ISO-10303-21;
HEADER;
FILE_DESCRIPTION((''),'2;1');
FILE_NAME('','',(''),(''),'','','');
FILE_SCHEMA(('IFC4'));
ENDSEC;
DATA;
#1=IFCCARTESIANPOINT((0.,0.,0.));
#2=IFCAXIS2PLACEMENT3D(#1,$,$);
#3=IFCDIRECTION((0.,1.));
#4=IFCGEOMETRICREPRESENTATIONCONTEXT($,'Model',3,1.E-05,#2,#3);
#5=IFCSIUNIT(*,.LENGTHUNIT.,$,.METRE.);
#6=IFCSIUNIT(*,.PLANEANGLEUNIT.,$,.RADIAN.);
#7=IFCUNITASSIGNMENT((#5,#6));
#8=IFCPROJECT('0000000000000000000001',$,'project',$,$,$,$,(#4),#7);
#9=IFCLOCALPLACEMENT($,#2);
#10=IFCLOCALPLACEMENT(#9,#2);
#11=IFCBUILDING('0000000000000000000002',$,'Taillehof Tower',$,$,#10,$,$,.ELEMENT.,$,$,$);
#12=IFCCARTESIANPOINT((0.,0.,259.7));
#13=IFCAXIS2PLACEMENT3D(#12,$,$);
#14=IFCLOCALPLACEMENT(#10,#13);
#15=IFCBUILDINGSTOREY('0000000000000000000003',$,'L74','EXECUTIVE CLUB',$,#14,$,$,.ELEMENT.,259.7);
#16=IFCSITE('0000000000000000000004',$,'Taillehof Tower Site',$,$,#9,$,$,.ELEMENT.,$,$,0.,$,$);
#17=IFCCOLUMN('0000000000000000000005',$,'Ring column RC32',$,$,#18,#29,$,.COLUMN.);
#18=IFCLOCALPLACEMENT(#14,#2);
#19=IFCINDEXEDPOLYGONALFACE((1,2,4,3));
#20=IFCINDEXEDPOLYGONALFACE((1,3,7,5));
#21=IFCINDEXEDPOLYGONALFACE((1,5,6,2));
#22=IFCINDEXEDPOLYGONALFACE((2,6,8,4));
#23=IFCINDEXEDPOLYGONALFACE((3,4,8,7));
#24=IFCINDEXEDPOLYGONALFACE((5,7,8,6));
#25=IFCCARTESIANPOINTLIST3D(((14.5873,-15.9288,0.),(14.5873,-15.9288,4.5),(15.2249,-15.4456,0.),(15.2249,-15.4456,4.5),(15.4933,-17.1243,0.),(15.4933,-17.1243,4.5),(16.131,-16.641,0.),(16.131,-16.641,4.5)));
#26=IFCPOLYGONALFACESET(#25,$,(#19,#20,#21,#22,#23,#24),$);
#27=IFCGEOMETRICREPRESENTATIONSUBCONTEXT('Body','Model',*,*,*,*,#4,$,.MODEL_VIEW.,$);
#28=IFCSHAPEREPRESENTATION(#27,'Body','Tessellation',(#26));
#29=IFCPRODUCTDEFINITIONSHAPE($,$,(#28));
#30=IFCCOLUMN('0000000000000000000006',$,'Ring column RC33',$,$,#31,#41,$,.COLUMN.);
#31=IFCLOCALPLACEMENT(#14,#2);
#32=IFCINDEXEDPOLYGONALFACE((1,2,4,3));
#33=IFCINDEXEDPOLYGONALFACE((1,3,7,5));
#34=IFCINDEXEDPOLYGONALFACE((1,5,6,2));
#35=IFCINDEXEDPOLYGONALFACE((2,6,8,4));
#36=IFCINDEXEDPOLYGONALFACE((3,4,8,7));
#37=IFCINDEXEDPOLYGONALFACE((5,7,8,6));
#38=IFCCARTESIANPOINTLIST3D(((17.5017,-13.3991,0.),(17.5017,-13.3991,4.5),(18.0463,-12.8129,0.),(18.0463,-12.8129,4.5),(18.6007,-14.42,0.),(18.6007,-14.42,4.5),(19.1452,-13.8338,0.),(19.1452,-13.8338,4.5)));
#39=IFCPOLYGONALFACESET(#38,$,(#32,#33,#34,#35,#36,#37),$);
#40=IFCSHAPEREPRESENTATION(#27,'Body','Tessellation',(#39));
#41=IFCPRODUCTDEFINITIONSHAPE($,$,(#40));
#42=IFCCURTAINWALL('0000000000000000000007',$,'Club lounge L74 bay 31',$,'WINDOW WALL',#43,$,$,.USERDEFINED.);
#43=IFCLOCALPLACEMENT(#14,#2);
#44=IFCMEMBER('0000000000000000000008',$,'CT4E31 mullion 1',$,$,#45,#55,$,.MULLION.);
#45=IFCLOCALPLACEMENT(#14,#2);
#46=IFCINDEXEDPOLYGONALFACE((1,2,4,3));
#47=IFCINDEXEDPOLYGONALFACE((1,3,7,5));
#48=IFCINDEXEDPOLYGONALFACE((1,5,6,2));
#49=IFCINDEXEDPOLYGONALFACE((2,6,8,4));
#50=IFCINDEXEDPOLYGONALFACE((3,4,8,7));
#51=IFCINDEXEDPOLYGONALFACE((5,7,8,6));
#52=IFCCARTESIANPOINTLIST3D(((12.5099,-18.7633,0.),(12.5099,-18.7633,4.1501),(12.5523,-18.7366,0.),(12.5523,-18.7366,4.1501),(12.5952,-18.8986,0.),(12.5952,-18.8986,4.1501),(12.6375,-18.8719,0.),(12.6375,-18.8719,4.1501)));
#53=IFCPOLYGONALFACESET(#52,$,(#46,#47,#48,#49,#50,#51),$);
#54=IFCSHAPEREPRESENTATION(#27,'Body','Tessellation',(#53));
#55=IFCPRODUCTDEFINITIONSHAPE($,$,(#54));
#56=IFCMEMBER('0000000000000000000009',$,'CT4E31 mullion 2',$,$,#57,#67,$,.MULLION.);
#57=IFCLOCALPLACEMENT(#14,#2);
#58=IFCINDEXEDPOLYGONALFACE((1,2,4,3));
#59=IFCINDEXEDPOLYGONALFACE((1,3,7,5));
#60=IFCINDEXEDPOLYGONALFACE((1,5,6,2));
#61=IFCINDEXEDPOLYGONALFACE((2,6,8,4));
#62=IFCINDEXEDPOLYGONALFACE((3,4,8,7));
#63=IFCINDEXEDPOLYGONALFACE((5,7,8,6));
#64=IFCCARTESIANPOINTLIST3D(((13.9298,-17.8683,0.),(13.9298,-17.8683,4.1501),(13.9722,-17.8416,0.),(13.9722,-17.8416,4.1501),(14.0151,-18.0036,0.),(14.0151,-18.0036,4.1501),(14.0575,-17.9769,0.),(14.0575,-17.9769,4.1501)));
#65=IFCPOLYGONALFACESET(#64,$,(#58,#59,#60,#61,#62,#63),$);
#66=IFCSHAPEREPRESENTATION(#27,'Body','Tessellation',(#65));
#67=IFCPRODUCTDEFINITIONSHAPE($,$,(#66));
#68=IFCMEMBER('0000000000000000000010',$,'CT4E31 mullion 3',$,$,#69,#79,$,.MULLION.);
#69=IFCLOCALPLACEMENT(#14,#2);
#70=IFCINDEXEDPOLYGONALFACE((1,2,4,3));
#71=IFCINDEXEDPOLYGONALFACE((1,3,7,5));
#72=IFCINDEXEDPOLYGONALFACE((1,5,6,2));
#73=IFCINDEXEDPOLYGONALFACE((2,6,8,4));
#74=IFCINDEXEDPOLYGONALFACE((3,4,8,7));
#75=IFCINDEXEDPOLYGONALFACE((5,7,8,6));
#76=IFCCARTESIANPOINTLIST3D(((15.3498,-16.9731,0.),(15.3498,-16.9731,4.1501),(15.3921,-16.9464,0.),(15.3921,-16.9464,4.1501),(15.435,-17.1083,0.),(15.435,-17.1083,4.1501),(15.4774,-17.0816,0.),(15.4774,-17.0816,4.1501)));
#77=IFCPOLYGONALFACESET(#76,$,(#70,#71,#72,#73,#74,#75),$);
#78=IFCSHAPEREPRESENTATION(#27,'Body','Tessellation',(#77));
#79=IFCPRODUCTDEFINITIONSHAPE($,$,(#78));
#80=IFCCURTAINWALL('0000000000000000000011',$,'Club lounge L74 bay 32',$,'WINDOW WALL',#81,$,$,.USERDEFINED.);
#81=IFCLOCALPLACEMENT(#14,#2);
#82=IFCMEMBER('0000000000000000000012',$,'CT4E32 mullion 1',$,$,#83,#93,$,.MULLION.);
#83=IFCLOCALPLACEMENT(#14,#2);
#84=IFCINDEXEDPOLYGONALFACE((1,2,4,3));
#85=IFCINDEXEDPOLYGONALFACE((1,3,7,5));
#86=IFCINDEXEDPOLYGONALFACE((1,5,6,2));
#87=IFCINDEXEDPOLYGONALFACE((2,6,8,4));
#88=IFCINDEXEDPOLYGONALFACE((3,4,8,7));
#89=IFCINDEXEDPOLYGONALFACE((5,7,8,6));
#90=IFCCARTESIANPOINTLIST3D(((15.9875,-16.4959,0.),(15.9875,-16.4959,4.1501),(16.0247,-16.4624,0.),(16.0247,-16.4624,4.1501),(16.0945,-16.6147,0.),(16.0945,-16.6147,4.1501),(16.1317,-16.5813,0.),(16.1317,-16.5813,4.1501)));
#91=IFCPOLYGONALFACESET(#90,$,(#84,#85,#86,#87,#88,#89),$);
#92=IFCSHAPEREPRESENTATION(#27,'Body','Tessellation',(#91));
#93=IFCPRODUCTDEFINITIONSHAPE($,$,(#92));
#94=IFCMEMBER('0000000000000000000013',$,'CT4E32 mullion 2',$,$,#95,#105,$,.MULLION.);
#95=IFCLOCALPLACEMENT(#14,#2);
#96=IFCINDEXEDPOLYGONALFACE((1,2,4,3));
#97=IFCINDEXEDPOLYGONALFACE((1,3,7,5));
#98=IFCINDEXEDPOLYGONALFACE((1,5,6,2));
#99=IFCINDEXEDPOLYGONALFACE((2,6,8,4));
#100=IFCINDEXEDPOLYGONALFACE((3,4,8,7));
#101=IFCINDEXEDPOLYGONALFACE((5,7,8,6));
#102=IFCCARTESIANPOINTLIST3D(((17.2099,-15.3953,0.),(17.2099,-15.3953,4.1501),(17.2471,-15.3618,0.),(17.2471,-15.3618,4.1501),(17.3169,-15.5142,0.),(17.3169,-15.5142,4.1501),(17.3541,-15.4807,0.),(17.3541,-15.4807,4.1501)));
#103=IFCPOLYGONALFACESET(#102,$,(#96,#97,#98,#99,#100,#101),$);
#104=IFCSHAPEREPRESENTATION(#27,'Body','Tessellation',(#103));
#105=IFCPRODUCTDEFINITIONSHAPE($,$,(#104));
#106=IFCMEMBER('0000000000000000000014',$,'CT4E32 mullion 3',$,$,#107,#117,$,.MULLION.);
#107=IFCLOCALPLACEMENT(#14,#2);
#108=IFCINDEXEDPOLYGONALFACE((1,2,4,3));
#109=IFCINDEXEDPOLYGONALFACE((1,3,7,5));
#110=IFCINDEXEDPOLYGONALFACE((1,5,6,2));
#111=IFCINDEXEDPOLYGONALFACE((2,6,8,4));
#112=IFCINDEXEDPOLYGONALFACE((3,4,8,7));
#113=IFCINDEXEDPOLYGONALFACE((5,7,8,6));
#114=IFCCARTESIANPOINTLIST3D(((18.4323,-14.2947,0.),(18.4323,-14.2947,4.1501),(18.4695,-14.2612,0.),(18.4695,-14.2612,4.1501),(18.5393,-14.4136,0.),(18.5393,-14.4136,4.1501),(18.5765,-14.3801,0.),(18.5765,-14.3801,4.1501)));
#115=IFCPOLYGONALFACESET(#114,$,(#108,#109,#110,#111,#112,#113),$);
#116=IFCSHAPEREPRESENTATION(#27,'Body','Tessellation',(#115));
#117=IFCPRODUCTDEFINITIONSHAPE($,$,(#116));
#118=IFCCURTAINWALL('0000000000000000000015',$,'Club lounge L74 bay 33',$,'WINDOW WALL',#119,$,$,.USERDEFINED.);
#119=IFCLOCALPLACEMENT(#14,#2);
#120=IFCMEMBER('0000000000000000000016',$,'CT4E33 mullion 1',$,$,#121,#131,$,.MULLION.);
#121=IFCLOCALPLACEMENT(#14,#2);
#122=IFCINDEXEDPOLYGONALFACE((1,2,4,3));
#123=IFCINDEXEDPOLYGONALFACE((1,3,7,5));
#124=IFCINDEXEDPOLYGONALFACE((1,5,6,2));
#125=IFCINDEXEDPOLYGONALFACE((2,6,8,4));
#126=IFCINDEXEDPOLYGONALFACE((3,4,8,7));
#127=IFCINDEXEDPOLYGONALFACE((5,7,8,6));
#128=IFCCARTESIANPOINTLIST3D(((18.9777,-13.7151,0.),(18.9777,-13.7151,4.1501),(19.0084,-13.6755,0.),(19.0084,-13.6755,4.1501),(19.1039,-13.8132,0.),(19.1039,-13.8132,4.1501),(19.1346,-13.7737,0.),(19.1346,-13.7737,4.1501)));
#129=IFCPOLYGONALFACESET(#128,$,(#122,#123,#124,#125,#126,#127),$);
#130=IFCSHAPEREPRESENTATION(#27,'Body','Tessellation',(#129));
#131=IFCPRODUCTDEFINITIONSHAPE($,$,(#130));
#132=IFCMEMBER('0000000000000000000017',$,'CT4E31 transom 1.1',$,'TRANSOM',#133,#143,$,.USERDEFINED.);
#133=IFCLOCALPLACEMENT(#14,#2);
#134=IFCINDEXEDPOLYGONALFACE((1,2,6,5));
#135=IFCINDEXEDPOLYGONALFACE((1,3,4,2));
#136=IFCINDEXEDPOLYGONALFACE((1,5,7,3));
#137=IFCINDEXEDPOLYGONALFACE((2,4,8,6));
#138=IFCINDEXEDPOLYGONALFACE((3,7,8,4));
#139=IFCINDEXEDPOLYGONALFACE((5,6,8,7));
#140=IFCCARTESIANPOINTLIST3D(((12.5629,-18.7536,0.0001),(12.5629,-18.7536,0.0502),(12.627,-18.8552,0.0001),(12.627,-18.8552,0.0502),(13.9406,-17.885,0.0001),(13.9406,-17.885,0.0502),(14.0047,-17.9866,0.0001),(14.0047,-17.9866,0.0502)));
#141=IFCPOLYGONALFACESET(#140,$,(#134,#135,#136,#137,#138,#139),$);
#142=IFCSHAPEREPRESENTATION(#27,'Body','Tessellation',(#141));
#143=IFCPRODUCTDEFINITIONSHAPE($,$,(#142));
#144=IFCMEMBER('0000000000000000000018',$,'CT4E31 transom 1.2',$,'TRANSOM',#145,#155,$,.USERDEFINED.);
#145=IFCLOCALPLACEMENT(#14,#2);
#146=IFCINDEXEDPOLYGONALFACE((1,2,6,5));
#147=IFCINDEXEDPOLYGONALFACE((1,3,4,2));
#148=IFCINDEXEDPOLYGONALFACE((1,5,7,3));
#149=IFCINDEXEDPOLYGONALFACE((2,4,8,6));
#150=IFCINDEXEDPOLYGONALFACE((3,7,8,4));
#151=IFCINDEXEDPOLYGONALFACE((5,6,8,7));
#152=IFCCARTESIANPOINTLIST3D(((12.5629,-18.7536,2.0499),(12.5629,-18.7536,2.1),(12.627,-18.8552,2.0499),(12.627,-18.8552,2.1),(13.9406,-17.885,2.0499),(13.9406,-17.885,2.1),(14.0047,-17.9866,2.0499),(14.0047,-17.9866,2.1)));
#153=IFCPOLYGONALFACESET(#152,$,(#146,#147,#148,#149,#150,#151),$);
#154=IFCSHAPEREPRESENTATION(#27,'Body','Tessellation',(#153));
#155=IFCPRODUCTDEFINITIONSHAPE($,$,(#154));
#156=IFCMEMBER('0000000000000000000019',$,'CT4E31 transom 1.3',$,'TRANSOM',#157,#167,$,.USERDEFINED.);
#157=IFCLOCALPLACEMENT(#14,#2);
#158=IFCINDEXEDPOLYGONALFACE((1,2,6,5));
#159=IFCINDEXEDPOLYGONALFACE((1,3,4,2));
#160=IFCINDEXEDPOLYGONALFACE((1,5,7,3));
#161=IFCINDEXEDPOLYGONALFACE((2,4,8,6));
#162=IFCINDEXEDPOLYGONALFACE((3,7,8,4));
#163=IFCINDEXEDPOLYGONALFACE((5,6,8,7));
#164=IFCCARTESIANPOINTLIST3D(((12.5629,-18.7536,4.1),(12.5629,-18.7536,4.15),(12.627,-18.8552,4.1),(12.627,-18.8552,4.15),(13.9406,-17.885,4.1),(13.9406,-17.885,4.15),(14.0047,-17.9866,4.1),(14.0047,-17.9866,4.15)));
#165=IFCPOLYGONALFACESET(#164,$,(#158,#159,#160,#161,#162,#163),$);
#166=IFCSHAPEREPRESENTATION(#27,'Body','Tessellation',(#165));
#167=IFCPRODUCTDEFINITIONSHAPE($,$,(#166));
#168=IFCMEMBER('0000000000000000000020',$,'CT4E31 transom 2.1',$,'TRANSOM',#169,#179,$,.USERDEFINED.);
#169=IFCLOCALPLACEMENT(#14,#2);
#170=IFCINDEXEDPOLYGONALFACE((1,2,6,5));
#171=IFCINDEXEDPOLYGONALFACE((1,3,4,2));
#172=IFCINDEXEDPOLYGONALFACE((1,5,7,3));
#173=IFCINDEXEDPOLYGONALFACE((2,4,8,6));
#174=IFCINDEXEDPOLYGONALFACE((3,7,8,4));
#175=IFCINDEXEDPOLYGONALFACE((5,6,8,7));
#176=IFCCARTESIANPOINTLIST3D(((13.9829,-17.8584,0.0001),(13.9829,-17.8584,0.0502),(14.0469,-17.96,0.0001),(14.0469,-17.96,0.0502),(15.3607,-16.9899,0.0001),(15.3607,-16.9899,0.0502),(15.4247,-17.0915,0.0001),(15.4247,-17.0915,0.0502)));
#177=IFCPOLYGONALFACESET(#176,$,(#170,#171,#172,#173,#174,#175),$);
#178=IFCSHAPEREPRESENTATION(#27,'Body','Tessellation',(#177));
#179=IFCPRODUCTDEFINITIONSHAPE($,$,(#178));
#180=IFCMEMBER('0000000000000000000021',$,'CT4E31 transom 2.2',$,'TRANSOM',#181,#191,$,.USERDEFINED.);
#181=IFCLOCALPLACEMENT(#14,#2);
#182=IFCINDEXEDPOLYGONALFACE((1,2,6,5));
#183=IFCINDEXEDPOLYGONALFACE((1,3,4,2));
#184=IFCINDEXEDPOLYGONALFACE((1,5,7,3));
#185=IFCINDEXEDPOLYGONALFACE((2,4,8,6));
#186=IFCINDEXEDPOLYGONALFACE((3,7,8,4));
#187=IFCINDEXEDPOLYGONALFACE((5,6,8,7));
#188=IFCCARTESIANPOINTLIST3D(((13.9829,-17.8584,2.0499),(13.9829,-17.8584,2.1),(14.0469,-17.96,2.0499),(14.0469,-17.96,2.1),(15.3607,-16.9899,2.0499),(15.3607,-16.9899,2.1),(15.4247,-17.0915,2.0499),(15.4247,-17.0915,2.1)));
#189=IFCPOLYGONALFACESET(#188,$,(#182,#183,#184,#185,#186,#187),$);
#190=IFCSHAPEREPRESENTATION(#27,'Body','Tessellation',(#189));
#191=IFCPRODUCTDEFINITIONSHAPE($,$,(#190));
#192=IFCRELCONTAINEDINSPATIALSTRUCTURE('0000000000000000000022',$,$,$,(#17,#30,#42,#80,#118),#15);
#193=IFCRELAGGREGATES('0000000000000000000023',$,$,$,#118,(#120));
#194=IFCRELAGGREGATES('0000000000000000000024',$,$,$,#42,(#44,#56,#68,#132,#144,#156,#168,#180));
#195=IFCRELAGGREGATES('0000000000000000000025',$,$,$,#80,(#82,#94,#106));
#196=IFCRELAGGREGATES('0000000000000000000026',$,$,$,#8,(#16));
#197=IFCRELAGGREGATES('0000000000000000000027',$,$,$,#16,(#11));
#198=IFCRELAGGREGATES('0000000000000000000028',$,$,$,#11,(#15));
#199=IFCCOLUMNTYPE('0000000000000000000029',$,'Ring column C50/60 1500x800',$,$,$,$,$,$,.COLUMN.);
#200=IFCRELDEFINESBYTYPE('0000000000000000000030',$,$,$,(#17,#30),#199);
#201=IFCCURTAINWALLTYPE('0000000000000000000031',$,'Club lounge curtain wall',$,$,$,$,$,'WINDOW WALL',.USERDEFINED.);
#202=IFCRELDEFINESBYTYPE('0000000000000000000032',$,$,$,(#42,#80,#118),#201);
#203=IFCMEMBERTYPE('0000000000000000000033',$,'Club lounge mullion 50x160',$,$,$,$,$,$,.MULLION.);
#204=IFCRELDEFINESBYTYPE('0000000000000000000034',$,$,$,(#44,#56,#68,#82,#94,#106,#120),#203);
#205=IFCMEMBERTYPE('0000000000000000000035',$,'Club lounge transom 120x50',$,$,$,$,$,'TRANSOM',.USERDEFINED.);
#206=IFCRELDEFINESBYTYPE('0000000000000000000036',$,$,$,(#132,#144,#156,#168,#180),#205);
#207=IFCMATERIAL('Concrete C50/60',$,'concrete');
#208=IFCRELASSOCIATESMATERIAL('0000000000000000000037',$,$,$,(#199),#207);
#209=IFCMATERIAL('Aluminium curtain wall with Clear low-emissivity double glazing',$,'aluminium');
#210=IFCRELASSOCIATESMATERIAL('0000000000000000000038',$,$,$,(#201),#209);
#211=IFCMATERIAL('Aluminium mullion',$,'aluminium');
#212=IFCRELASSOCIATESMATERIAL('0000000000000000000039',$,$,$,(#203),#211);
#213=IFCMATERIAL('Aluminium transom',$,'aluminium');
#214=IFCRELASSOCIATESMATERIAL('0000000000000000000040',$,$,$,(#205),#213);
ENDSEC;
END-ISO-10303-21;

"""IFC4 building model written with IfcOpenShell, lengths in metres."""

from ifc_helpers import new_model, si_unit, direction, frame, origin, origin_2d, place, context, subcontext, project, spatial, rectangle, extrude, material, material_profile, profile_set, type_object, element, aggregate, save


model = new_model("IFC4")

# Units and contexts
model_context = context("Model", 3, precision=1e-05, world=origin(), true_north=direction((0.0, 1.0)))
body_context = subcontext(model_context, "Body", "Model", "MODEL_VIEW")
ifc_project = project(units=[si_unit("LENGTHUNIT", "METRE"), si_unit("PLANEANGLEUNIT", "RADIAN")], contexts=[model_context])

# Site, building, storey
site_placement = place(None, origin())
site = spatial("IfcSite", under=ifc_project, at=site_placement, Name="Taillehof Tower Site", CompositionType="ELEMENT", RefElevation=0.0)
building_placement = place(site_placement, origin())
building = spatial("IfcBuilding", under=site, at=building_placement, Name="Taillehof Tower", CompositionType="ELEMENT")
storey_placement = place(building_placement, frame((0.0, 0.0, 259.7)))
storey = spatial("IfcBuildingStorey", under=building, at=storey_placement, Name="L74", Description="EXECUTIVE CLUB", CompositionType="ELEMENT", Elevation=259.7)

# Columns
ifc_material_1 = material(Name="Concrete C50/60", Category="concrete")
ifc_material_profile_1 = material_profile(ifc_material_1, rectangle(XDim=1.5, YDim=0.8, at=origin_2d()), Name="RC 1500x800")
ifc_profile_set_1 = profile_set([ifc_material_profile_1], Name="Concrete C50/60")
column_type = type_object("IfcColumnType", Name="Ring column C50/60 1500x800", PredefinedType="COLUMN", material=ifc_profile_set_1)
for number, where, z_axis, x_axis, name in (
    (1, (15.3591, -16.2849, 0.0), (0.0, 0.0, 1.0), (0.60402, -0.796969, 0.0), "Ring column RC32"),
    (2, (18.3235, -13.6165, 0.0), (0.0, 0.0, 1.0), (0.732636, -0.680621, 0.0), "Ring column RC33"),
):
    element("IfcColumn", number, at=place(storey_placement, frame(where, z_axis=z_axis, x_axis=x_axis)), inside=storey, type_object=column_type, Name=name, PredefinedType="COLUMN", context=body_context, shape_type="SweptSolid", body=[
        extrude(rectangle(XDim=1.5, YDim=0.8, at=origin_2d()), origin(), (0.0, 0.0, 1.0), 4.5),
    ])

# Curtain walls, members
ifc_material_2 = material(Name="Aluminium curtain wall with Clear low-emissivity double glazing", Category="aluminium")
curtain_wall_type = type_object("IfcCurtainWallType", Name="Club lounge curtain wall", ElementType="WINDOW WALL", PredefinedType="USERDEFINED", material=ifc_material_2)
curtain_wall_1_placement = place(storey_placement, origin())
curtain_wall_1 = element("IfcCurtainWall", 3, at=curtain_wall_1_placement, inside=storey, type_object=curtain_wall_type, Name="Club lounge L74 bay 31", ObjectType="WINDOW WALL", PredefinedType="USERDEFINED")
ifc_material_3 = material(Name="Aluminium mullion", Category="aluminium")
ifc_material_profile_2 = material_profile(ifc_material_3, rectangle(XDim=0.1599, YDim=0.05, at=origin_2d()), Name="AL 50x160")
ifc_profile_set_2 = profile_set([ifc_material_profile_2], Name="Aluminium mullion")
member_type_1 = type_object("IfcMemberType", Name="Club lounge mullion 50x160", PredefinedType="MULLION", material=ifc_profile_set_2)
member_1_placement = place(storey_placement, frame((12.5737, -18.8176, 0.0), z_axis=(0.0, 0.0, 1.0), x_axis=(-0.533294, 0.84593, 0.0)))
member_1 = element("IfcMember", 4, at=member_1_placement, type_object=member_type_1, Name="CT4E31 mullion 1", PredefinedType="MULLION", context=body_context, shape_type="SweptSolid", body=[
    extrude(rectangle(XDim=0.1599, YDim=0.05, at=origin_2d()), origin(), (0.0, 0.0, 1.0), 4.1501),
])
member_2_placement = place(storey_placement, frame((13.9937, -17.9226, 0.0), z_axis=(0.0, 0.0, 1.0), x_axis=(-0.533294, 0.84593, 0.0)))
member_2 = element("IfcMember", 5, at=member_2_placement, type_object=member_type_1, Name="CT4E31 mullion 2", PredefinedType="MULLION", context=body_context, shape_type="SweptSolid", body=[
    extrude(rectangle(XDim=0.1599, YDim=0.05, at=origin_2d()), origin(), (0.0, 0.0, 1.0), 4.1501),
])
member_3_placement = place(storey_placement, frame((15.4136, -17.0273, 0.0), z_axis=(0.0, 0.0, 1.0), x_axis=(-0.533294, 0.84593, 0.0)))
member_3 = element("IfcMember", 6, at=member_3_placement, type_object=member_type_1, Name="CT4E31 mullion 3", PredefinedType="MULLION", context=body_context, shape_type="SweptSolid", body=[
    extrude(rectangle(XDim=0.1599, YDim=0.05, at=origin_2d()), origin(), (0.0, 0.0, 1.0), 4.1501),
])
curtain_wall_2_placement = place(storey_placement, origin())
curtain_wall_2 = element("IfcCurtainWall", 7, at=curtain_wall_2_placement, inside=storey, type_object=curtain_wall_type, Name="Club lounge L74 bay 32", ObjectType="WINDOW WALL", PredefinedType="USERDEFINED")
member_4_placement = place(storey_placement, frame((16.0596, -16.5386, 0.0), z_axis=(0.0, 0.0, 1.0), x_axis=(-0.669107, 0.743166, 0.0)))
member_4 = element("IfcMember", 8, at=member_4_placement, type_object=member_type_1, Name="CT4E32 mullion 1", PredefinedType="MULLION", context=body_context, shape_type="SweptSolid", body=[
    extrude(rectangle(XDim=0.1599, YDim=0.05, at=origin_2d()), origin(), (0.0, 0.0, 1.0), 4.1501),
])
member_5_placement = place(storey_placement, frame((17.282, -15.438, 0.0), z_axis=(0.0, 0.0, 1.0), x_axis=(-0.669107, 0.743166, 0.0)))
member_5 = element("IfcMember", 9, at=member_5_placement, type_object=member_type_1, Name="CT4E32 mullion 2", PredefinedType="MULLION", context=body_context, shape_type="SweptSolid", body=[
    extrude(rectangle(XDim=0.1599, YDim=0.05, at=origin_2d()), origin(), (0.0, 0.0, 1.0), 4.1501),
])
member_6_placement = place(storey_placement, frame((18.5044, -14.3374, 0.0), z_axis=(0.0, 0.0, 1.0), x_axis=(-0.669107, 0.743166, 0.0)))
member_6 = element("IfcMember", 10, at=member_6_placement, type_object=member_type_1, Name="CT4E32 mullion 3", PredefinedType="MULLION", context=body_context, shape_type="SweptSolid", body=[
    extrude(rectangle(XDim=0.1599, YDim=0.05, at=origin_2d()), origin(), (0.0, 0.0, 1.0), 4.1501),
])

# Curtain wall, member
curtain_wall_3_placement = place(storey_placement, origin())
curtain_wall_3 = element("IfcCurtainWall", 11, at=curtain_wall_3_placement, inside=storey, type_object=curtain_wall_type, Name="Club lounge L74 bay 33", ObjectType="WINDOW WALL", PredefinedType="USERDEFINED")
member_7_placement = place(storey_placement, frame((19.0562, -13.7444, 0.0), z_axis=(0.0, 0.0, 1.0), x_axis=(-0.789382, 0.613903, 0.0)))
member_7 = element("IfcMember", 12, at=member_7_placement, type_object=member_type_1, Name="CT4E33 mullion 1", PredefinedType="MULLION", context=body_context, shape_type="SweptSolid", body=[
    extrude(rectangle(XDim=0.1599, YDim=0.05, at=origin_2d()), origin(), (0.0, 0.0, 1.0), 4.1501),
])

# Members
ifc_material_4 = material(Name="Aluminium transom", Category="aluminium")
ifc_material_profile_3 = material_profile(ifc_material_4, rectangle(XDim=0.1201, YDim=0.05, at=origin_2d()), Name="AL 120x50")
ifc_profile_set_3 = profile_set([ifc_material_profile_3], Name="Aluminium transom")
member_type_2 = type_object("IfcMemberType", Name="Club lounge transom 120x50", ElementType="TRANSOM", PredefinedType="USERDEFINED", material=ifc_profile_set_3)
member_8_placement = place(storey_placement, frame((12.595, -18.8044, 0.0251), z_axis=(0.845895, 0.53335, 0.0), x_axis=(-0.53335, 0.845895, 0.0)))
member_8 = element("IfcMember", 13, at=member_8_placement, type_object=member_type_2, Name="CT4E31 transom 1.1", ObjectType="TRANSOM", PredefinedType="USERDEFINED", context=body_context, shape_type="SweptSolid", body=[
    extrude(rectangle(XDim=0.1201, YDim=0.05, at=origin_2d()), origin(), (0.0, 0.0, 1.0), 1.6287),
])
member_9_placement = place(storey_placement, frame((12.595, -18.8044, 2.075), z_axis=(0.845895, 0.53335, 0.0), x_axis=(-0.53335, 0.845895, 0.0)))
member_9 = element("IfcMember", 14, at=member_9_placement, type_object=member_type_2, Name="CT4E31 transom 1.2", ObjectType="TRANSOM", PredefinedType="USERDEFINED", context=body_context, shape_type="SweptSolid", body=[
    extrude(rectangle(XDim=0.1201, YDim=0.05, at=origin_2d()), origin(), (0.0, 0.0, 1.0), 1.6287),
])
member_10_placement = place(storey_placement, frame((12.595, -18.8044, 4.125), z_axis=(0.845895, 0.53335, 0.0), x_axis=(-0.53335, 0.845895, 0.0)))
member_10 = element("IfcMember", 15, at=member_10_placement, type_object=member_type_2, Name="CT4E31 transom 1.3", ObjectType="TRANSOM", PredefinedType="USERDEFINED", context=body_context, shape_type="SweptSolid", body=[
    extrude(rectangle(XDim=0.1201, YDim=0.05, at=origin_2d()), origin(), (0.0, 0.0, 1.0), 1.6287),
])
member_11_placement = place(storey_placement, frame((14.0149, -17.9092, 0.0251), z_axis=(0.845962, 0.533243, 0.0), x_axis=(-0.533243, 0.845962, 0.0)))
member_11 = element("IfcMember", 16, at=member_11_placement, type_object=member_type_2, Name="CT4E31 transom 2.1", ObjectType="TRANSOM", PredefinedType="USERDEFINED", context=body_context, shape_type="SweptSolid", body=[
    extrude(rectangle(XDim=0.1201, YDim=0.05, at=origin_2d()), origin(), (0.0, 0.0, 1.0), 1.6287),
])
member_12_placement = place(storey_placement, frame((14.0149, -17.9092, 2.075), z_axis=(0.845962, 0.533243, 0.0), x_axis=(-0.533243, 0.845962, 0.0)))
member_12 = element("IfcMember", 17, at=member_12_placement, type_object=member_type_2, Name="CT4E31 transom 2.2", ObjectType="TRANSOM", PredefinedType="USERDEFINED", context=body_context, shape_type="SweptSolid", body=[
    extrude(rectangle(XDim=0.1201, YDim=0.05, at=origin_2d()), origin(), (0.0, 0.0, 1.0), 1.6287),
])
aggregate(curtain_wall_3, [member_7])

aggregate(curtain_wall_1, [member_1, member_2, member_3, member_8, member_9, member_10, member_11, member_12])
aggregate(curtain_wall_2, [member_4, member_5, member_6])

save(model, "model.ifc")
